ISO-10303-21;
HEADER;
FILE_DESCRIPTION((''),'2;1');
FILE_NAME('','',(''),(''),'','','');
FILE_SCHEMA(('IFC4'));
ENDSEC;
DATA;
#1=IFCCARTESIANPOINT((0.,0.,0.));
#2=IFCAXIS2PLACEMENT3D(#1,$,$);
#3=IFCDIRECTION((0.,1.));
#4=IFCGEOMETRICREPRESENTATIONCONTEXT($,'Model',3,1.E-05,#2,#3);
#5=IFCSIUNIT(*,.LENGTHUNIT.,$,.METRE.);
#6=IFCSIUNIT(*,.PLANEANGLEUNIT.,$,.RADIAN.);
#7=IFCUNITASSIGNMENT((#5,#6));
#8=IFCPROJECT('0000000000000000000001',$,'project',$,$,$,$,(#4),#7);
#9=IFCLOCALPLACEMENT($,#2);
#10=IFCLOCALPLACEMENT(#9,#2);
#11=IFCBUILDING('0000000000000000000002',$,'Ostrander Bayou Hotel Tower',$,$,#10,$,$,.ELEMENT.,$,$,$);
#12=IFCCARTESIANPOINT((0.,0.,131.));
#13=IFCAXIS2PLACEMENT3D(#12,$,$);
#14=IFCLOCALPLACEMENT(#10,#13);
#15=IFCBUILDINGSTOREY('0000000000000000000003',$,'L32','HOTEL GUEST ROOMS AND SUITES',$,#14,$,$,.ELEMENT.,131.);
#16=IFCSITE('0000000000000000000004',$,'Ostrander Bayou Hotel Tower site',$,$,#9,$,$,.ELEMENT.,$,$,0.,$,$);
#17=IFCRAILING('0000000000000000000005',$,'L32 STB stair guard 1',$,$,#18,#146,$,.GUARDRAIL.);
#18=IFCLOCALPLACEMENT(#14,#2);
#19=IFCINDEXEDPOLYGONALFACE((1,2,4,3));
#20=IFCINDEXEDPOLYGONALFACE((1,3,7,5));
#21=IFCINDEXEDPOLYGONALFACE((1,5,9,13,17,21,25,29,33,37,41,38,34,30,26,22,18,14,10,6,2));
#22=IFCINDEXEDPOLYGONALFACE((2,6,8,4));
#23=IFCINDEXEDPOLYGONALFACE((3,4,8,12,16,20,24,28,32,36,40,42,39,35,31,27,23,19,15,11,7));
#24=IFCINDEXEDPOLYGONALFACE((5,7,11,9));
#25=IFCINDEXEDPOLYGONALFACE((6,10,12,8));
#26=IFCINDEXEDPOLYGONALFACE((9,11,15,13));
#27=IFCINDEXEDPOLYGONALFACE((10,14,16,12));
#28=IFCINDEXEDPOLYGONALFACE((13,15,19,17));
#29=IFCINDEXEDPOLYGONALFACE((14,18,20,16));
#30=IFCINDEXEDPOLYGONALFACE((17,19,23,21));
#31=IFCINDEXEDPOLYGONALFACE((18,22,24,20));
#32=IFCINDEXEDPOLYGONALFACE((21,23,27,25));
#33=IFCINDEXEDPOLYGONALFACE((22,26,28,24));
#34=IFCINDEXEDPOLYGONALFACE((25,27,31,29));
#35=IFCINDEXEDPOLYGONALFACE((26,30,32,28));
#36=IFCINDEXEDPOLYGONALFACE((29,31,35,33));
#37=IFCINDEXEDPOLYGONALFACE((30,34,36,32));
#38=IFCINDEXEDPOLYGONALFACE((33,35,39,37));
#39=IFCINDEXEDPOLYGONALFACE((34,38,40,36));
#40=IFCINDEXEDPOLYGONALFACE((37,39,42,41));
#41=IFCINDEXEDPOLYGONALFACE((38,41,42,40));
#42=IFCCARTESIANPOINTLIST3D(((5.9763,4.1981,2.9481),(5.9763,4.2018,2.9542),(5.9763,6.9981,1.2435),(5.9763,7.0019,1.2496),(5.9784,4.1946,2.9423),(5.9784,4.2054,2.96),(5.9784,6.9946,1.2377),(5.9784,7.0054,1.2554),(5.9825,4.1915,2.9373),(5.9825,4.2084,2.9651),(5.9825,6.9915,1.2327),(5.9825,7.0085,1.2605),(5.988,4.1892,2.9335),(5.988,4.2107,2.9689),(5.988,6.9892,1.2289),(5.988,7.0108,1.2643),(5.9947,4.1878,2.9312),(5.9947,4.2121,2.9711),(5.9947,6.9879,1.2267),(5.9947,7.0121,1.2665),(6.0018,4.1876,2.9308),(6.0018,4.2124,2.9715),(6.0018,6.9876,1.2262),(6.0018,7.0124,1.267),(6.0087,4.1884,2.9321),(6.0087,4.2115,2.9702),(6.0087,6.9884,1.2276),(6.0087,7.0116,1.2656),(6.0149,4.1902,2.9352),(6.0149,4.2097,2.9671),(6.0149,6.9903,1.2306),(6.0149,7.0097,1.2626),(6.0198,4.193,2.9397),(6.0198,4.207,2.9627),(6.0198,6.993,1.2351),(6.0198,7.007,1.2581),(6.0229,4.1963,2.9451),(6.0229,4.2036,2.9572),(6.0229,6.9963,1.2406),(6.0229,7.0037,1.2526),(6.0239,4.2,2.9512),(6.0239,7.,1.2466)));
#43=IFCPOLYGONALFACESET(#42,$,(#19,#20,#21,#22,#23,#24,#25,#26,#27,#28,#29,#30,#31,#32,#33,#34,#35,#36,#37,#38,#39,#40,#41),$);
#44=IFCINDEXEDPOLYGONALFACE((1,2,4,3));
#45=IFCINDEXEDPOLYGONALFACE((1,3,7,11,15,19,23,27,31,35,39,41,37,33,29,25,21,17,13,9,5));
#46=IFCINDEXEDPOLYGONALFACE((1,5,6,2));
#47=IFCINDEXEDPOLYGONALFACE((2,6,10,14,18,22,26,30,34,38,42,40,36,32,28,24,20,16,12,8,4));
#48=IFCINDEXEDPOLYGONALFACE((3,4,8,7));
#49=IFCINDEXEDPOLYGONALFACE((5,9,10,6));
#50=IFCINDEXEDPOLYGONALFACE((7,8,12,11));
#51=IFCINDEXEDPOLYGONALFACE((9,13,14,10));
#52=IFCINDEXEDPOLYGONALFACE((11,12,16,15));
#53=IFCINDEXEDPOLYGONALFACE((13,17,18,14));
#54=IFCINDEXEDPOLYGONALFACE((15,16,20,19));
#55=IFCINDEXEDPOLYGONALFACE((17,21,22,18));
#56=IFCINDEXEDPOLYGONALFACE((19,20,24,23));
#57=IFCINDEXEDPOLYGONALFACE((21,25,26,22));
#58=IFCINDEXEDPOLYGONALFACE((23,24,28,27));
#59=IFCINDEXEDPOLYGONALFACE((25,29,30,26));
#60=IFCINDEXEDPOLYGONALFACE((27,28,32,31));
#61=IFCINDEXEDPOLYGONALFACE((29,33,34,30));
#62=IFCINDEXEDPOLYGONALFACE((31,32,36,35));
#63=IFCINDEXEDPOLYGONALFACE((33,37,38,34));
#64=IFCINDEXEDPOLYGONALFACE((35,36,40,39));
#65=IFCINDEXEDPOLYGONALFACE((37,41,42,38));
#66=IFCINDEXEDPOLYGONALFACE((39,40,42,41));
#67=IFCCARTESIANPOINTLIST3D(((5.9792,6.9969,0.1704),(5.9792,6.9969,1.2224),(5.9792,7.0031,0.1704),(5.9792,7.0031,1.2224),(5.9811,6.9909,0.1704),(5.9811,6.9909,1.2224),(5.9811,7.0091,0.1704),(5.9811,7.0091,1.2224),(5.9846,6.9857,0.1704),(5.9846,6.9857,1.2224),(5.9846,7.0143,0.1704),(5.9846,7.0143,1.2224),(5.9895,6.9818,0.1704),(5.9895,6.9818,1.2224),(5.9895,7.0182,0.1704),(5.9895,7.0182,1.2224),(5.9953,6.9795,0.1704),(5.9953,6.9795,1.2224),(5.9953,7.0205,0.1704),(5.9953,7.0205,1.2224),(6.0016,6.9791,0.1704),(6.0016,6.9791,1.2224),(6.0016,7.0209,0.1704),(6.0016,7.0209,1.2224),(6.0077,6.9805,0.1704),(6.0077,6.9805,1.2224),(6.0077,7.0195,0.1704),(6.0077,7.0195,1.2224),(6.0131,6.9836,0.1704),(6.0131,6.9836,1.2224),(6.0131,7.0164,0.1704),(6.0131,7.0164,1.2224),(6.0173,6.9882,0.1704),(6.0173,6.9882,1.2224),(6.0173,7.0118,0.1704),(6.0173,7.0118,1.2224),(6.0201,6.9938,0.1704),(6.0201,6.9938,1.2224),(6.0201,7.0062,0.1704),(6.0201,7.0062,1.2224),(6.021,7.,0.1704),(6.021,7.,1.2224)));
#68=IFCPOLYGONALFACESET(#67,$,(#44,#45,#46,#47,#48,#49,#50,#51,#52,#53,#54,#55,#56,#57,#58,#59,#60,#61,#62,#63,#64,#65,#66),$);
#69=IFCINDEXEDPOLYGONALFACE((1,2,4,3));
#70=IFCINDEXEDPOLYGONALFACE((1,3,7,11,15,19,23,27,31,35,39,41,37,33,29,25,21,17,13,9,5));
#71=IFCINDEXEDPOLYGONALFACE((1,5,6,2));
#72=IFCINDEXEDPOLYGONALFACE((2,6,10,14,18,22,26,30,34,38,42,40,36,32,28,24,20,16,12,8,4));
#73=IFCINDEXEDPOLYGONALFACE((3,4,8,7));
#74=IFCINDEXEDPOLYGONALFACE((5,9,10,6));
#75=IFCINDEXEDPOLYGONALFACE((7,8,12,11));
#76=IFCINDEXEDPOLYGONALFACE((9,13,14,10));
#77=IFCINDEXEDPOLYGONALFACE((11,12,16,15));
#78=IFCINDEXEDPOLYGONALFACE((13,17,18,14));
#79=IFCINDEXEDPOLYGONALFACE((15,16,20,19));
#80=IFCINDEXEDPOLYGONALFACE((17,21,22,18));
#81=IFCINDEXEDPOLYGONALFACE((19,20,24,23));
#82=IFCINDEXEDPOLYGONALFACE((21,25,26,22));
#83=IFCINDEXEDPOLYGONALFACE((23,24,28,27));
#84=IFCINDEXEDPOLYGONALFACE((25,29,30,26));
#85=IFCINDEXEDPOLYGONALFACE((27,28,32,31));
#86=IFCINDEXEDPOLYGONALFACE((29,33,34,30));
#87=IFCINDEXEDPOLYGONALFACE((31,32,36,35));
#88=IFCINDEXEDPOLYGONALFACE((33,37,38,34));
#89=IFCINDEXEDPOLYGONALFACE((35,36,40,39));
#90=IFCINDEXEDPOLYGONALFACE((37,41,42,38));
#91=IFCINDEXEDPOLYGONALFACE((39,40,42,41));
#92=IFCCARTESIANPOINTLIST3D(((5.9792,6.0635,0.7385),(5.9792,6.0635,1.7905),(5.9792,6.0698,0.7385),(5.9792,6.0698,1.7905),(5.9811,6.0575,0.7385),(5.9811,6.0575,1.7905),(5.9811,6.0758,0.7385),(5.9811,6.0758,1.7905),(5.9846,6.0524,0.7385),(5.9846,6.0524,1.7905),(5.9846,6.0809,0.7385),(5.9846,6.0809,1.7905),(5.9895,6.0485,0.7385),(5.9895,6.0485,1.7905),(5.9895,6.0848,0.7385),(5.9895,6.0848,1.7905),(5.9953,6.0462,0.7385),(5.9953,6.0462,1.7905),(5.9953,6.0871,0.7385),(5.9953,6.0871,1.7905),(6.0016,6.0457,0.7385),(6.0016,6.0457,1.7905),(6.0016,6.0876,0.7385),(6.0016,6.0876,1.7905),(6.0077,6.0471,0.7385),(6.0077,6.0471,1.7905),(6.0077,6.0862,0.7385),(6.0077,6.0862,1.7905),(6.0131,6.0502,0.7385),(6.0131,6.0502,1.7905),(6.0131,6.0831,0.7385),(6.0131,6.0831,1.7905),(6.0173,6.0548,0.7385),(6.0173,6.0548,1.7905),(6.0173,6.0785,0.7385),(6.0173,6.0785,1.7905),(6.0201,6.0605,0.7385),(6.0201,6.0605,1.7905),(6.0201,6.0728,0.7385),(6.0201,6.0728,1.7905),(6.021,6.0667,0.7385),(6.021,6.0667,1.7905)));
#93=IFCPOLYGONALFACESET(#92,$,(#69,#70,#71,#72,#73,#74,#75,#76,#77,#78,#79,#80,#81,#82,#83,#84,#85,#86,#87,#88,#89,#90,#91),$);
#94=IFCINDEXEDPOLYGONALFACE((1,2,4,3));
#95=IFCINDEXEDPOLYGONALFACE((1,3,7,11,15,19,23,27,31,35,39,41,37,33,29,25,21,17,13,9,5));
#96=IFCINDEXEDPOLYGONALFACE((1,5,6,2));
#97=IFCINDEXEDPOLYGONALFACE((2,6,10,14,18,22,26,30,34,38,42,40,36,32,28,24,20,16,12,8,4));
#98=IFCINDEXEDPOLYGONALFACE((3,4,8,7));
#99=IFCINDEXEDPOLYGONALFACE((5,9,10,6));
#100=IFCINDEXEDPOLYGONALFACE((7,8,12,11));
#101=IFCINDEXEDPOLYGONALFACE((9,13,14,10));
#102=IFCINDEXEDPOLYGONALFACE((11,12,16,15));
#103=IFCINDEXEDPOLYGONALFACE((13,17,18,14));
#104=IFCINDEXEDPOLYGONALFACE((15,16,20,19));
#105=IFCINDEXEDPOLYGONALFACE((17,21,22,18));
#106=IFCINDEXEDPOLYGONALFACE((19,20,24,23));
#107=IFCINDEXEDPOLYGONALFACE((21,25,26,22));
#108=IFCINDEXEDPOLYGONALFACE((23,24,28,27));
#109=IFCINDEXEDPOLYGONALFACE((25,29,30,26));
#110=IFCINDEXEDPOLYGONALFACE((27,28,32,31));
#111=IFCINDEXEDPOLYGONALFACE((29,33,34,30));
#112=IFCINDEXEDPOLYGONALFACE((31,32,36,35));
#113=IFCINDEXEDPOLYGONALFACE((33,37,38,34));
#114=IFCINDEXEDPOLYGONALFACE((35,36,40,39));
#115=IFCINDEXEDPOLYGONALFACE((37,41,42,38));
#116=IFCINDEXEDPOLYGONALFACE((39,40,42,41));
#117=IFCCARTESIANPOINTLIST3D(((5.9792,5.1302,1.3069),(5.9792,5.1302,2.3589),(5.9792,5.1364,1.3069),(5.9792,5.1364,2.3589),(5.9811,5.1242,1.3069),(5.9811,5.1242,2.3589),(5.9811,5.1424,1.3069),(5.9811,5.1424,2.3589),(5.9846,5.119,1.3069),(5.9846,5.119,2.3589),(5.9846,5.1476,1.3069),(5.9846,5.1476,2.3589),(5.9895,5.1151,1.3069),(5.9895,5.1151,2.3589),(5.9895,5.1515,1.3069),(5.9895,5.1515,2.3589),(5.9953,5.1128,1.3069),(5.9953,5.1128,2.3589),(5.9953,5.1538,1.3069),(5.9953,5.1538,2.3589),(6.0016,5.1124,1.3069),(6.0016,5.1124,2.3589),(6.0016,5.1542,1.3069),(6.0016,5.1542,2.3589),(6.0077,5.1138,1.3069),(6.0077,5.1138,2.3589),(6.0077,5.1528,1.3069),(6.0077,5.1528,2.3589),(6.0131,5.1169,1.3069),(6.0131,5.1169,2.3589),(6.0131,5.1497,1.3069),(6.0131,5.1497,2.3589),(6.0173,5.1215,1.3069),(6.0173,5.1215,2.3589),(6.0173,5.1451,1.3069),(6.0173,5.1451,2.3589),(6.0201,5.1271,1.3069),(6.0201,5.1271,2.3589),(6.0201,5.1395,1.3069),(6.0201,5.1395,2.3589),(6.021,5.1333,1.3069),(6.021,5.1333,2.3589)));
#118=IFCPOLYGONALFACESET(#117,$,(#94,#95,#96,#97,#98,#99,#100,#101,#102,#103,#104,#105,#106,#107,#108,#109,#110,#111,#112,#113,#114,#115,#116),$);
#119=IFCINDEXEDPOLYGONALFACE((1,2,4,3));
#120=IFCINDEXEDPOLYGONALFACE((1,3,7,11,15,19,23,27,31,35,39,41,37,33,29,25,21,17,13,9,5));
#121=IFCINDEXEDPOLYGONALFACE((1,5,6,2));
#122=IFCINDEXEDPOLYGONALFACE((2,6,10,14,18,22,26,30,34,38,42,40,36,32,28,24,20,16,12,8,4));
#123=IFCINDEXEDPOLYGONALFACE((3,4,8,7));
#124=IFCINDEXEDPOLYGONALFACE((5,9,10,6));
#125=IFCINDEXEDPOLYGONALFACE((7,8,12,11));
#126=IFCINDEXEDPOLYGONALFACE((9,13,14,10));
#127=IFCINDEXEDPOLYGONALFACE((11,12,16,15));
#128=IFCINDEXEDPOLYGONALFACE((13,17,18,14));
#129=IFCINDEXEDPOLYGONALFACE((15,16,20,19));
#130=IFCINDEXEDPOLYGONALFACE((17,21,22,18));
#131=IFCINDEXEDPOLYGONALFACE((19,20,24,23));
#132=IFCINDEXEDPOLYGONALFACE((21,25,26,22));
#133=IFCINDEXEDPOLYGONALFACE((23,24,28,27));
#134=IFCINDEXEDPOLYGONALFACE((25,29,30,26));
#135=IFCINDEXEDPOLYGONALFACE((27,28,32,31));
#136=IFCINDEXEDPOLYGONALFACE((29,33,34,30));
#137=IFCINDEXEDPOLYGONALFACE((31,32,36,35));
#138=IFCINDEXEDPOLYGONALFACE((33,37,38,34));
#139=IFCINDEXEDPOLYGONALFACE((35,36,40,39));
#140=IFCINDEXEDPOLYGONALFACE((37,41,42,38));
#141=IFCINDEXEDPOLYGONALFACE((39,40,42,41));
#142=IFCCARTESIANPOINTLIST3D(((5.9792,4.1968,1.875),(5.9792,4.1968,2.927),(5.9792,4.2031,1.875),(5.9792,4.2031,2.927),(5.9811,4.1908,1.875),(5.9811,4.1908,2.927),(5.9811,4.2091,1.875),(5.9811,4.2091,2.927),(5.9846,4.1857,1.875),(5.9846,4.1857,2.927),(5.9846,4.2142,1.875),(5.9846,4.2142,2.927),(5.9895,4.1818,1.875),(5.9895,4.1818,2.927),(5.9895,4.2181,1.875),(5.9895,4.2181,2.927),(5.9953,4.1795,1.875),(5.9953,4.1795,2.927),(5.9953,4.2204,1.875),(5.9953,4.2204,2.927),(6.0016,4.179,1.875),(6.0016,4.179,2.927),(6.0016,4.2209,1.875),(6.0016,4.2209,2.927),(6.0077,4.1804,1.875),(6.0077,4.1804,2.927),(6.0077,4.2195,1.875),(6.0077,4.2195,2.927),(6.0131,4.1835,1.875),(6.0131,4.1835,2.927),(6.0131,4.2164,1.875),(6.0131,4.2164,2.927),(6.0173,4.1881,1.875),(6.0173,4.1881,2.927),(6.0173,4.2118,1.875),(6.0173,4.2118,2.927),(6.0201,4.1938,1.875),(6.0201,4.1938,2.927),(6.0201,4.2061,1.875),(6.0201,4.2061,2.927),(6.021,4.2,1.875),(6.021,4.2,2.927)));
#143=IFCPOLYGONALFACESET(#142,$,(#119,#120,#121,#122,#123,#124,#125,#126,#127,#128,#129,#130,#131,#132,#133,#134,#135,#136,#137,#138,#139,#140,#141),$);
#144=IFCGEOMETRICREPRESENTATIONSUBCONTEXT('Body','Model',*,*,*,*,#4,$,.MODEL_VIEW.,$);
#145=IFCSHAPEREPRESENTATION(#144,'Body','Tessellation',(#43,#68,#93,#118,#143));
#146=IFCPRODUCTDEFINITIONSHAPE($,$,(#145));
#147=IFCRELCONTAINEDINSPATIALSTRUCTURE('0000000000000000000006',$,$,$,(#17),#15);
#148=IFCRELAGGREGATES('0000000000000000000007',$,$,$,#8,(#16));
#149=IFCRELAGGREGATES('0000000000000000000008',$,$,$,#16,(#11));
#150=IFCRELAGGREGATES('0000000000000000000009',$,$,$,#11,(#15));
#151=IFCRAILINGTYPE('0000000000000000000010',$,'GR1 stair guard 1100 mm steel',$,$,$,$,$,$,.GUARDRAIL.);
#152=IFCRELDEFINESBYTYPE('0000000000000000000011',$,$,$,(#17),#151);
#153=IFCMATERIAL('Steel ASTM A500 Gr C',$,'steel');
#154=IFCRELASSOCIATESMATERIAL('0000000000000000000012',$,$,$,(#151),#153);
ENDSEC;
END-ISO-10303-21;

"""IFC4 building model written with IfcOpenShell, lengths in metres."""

from ifc_helpers import new_model, si_unit, direction, frame, origin, origin_2d, place, context, subcontext, project, spatial, circle, extrude, material, type_object, element, save


model = new_model("IFC4")

# Units and contexts
model_context = context("Model", 3, precision=1e-05, world=origin(), true_north=direction((0.0, 1.0)))
body_context = subcontext(model_context, "Body", "Model", "MODEL_VIEW")
ifc_project = project(units=[si_unit("LENGTHUNIT", "METRE"), si_unit("PLANEANGLEUNIT", "RADIAN")], contexts=[model_context])

# Site, building, storey
site_placement = place(None, origin())
site = spatial("IfcSite", under=ifc_project, at=site_placement, Name="Ostrander Bayou Hotel Tower site", CompositionType="ELEMENT", RefElevation=0.0)
building_placement = place(site_placement, origin())
building = spatial("IfcBuilding", under=site, at=building_placement, Name="Ostrander Bayou Hotel Tower", CompositionType="ELEMENT")
storey_placement = place(building_placement, frame((0.0, 0.0, 131.0)))
storey = spatial("IfcBuildingStorey", under=building, at=storey_placement, Name="L32", Description="HOTEL GUEST ROOMS AND SUITES", CompositionType="ELEMENT", Elevation=131.0)

# Railing
ifc_material_1 = material(Name="Steel ASTM A500 Gr C", Category="steel")
railing_type_1 = type_object("IfcRailingType", Name="GR1 stair guard 1100 mm steel", PredefinedType="GUARDRAIL", material=ifc_material_1)
railing_1_placement = place(storey_placement, frame((6.0, 7.0, 0.1704)))
element("IfcRailing", 1, at=railing_1_placement, inside=storey, type_object=railing_type_1, Name="L32 STB stair guard 1", PredefinedType="GUARDRAIL", context=body_context, shape_type="SweptSolid", body=[
    extrude(circle(Radius=0.0239, at=origin_2d()), frame((0.0, 0.0, 1.0762), z_axis=(0.0, -0.85417, 0.519994), x_axis=(1.0, 0.0, 0.0)), (0.0, 0.0, 1.0), 3.2781),
    extrude(circle(Radius=0.021, at=origin_2d()), origin(), (0.0, 0.0, 1.0), 1.052),
    extrude(circle(Radius=0.021, at=origin_2d()), frame((0.0, -0.9333, 0.5681)), (0.0, 0.0, 1.0), 1.052),
    extrude(circle(Radius=0.021, at=origin_2d()), frame((0.0, -1.8667, 1.1365)), (0.0, 0.0, 1.0), 1.052),
    extrude(circle(Radius=0.021, at=origin_2d()), frame((0.0, -2.8, 1.7046)), (0.0, 0.0, 1.0), 1.052),
])

save(model, "model.ifc")
